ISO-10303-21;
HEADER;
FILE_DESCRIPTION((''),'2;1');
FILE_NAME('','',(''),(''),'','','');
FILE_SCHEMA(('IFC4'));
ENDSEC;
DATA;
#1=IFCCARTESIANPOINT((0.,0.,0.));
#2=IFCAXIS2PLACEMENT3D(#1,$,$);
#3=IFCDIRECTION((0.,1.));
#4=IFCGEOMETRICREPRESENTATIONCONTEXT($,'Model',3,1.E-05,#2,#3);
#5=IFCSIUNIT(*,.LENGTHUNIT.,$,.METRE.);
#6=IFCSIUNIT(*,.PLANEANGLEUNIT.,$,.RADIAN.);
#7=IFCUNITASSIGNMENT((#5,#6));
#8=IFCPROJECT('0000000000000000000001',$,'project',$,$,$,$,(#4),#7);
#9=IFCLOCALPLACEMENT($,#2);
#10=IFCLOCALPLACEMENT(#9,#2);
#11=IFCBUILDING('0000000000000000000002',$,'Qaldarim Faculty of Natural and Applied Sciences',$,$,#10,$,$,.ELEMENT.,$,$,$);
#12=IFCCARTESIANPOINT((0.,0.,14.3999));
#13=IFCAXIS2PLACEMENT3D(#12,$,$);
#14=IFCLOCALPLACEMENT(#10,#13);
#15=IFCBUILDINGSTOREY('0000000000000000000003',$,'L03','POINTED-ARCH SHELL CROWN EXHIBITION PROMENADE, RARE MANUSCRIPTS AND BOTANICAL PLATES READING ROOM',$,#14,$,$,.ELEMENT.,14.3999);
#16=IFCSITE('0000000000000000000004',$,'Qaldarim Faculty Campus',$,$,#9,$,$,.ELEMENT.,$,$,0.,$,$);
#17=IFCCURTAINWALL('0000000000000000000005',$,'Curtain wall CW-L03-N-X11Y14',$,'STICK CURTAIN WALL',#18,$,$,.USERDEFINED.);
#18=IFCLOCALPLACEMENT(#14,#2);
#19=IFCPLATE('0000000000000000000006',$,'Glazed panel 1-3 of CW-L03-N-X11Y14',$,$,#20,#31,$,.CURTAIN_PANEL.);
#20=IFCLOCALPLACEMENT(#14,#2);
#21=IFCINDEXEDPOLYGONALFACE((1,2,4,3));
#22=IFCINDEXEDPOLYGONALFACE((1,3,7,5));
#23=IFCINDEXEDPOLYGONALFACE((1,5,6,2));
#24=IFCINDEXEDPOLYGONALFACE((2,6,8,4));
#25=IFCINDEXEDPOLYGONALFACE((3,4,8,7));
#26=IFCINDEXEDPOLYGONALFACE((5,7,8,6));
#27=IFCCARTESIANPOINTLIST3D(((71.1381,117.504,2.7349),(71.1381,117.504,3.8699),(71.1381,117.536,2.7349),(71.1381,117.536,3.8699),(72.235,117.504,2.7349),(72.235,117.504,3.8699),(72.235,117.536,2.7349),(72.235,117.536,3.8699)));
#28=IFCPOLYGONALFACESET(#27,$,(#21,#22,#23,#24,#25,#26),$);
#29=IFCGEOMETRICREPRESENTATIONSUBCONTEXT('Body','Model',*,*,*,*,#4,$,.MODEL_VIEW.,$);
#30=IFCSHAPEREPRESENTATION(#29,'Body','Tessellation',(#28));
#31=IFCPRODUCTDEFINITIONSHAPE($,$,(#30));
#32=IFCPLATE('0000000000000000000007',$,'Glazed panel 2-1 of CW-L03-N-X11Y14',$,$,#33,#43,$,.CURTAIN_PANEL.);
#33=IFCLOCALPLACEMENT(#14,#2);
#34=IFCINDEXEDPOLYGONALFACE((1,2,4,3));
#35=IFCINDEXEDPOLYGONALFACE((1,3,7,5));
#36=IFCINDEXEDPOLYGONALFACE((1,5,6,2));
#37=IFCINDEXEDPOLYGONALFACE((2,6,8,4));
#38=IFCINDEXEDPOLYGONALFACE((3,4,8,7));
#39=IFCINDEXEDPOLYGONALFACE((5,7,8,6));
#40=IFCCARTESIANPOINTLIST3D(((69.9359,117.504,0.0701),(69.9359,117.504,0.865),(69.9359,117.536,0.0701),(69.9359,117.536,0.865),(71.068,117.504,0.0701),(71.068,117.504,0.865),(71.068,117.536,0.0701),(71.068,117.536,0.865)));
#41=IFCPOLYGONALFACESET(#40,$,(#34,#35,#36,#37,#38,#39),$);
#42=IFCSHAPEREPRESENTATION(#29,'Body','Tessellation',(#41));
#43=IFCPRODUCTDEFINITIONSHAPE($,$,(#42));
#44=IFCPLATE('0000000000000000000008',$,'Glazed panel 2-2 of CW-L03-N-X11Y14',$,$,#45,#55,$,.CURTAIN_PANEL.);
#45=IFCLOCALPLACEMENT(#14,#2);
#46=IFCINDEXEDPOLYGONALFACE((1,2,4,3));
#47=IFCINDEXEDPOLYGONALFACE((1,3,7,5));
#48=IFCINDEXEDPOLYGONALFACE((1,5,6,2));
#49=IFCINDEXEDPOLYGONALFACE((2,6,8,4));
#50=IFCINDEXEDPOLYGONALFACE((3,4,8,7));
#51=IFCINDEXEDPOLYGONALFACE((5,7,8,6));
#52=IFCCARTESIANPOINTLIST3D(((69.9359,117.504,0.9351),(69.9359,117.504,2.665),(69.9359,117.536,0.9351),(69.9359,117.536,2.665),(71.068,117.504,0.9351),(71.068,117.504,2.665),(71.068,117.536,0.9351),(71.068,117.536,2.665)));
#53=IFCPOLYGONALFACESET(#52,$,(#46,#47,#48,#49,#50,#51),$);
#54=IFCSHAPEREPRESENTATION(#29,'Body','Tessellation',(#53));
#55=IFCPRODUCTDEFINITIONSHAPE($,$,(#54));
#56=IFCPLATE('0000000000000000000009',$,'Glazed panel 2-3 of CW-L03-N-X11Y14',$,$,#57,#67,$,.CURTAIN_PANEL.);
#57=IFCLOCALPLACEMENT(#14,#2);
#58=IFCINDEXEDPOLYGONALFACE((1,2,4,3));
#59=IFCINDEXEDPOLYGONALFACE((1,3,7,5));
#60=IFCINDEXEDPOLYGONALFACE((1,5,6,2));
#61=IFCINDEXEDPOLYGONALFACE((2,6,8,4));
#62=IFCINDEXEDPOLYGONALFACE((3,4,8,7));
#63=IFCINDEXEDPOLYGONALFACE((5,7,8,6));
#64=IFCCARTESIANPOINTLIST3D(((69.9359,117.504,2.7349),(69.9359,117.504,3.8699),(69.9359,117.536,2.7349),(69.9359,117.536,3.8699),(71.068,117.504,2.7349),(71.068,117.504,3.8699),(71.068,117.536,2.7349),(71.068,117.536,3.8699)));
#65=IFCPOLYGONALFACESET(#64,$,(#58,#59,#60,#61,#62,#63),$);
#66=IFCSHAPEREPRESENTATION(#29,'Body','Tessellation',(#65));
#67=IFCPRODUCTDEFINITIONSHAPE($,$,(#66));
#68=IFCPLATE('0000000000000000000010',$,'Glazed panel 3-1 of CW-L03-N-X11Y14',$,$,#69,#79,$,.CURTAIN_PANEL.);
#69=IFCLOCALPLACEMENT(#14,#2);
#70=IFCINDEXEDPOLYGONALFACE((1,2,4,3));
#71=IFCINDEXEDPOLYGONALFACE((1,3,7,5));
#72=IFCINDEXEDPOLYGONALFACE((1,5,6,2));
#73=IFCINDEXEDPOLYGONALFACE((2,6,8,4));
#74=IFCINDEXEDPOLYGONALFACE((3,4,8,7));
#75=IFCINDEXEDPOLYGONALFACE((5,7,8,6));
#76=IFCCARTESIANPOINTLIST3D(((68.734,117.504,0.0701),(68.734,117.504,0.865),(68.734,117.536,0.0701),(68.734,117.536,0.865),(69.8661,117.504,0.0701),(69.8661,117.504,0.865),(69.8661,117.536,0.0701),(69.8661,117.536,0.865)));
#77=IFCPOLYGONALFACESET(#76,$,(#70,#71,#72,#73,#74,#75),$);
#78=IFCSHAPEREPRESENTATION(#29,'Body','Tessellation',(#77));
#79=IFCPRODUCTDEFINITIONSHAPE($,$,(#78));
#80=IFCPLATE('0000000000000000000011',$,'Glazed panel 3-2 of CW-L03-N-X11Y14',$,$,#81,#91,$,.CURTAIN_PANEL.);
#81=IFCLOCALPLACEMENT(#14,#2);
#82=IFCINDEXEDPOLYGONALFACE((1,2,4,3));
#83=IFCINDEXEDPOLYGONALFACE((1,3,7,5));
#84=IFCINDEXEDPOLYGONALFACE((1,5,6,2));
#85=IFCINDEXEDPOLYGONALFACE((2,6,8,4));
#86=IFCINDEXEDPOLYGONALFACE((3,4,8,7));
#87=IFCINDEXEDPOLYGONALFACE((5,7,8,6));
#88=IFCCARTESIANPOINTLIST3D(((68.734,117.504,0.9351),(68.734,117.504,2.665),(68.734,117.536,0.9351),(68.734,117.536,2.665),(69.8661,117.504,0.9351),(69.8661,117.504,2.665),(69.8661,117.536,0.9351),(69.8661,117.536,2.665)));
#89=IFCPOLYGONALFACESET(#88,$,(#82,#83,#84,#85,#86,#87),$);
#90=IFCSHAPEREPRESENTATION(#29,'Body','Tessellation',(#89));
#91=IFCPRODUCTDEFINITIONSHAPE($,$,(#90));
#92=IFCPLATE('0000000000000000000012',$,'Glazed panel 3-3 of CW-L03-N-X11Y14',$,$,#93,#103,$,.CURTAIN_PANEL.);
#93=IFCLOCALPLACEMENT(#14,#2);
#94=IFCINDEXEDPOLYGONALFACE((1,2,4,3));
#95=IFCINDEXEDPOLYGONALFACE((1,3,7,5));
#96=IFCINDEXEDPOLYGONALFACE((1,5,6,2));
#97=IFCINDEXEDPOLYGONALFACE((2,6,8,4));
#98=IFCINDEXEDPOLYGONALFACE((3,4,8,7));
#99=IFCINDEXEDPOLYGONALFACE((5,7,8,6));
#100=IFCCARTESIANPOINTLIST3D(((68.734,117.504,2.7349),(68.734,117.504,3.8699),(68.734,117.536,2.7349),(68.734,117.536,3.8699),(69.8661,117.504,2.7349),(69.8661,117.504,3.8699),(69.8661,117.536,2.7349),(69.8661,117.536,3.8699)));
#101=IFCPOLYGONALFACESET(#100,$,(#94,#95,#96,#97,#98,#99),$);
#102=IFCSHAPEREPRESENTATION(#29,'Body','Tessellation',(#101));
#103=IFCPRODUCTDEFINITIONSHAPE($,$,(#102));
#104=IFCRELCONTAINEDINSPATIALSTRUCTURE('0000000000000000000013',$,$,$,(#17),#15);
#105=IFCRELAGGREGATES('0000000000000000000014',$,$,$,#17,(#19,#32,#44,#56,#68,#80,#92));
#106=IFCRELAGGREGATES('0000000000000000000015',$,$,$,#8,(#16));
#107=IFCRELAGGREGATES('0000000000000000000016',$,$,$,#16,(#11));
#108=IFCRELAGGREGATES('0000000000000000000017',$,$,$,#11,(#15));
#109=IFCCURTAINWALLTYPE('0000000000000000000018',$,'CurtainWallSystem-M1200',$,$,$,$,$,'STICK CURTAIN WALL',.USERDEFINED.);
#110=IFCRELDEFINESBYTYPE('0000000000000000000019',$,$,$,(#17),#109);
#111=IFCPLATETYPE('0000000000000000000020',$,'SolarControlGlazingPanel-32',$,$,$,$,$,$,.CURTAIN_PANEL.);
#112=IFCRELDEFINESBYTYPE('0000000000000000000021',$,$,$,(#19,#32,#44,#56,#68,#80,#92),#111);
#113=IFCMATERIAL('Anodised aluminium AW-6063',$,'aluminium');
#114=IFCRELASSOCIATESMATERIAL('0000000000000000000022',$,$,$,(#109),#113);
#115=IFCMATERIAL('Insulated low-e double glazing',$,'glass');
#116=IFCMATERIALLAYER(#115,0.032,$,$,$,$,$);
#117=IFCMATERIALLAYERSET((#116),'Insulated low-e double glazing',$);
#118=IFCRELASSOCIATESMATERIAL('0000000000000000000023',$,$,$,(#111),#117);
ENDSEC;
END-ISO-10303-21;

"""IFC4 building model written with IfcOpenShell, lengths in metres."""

from ifc_helpers import new_model, si_unit, direction, frame, origin, origin_2d, place, context, subcontext, project, spatial, rectangle, extrude, material, layer, layer_set, type_object, element, aggregate, save


model = new_model("IFC4")

# Units and contexts
model_context = context("Model", 3, precision=1e-05, world=origin(), true_north=direction((0.0, 1.0)))
body_context = subcontext(model_context, "Body", "Model", "MODEL_VIEW")
ifc_project = project(units=[si_unit("LENGTHUNIT", "METRE"), si_unit("PLANEANGLEUNIT", "RADIAN")], contexts=[model_context])

# Site, building, storey
site_placement = place(None, origin())
site = spatial("IfcSite", under=ifc_project, at=site_placement, Name="Qaldarim Faculty Campus", CompositionType="ELEMENT", RefElevation=0.0)
building_placement = place(site_placement, origin())
building = spatial("IfcBuilding", under=site, at=building_placement, Name="Qaldarim Faculty of Natural and Applied Sciences", CompositionType="ELEMENT")
storey_placement = place(building_placement, frame((0.0, 0.0, 14.3999)))
storey = spatial("IfcBuildingStorey", under=building, at=storey_placement, Name="L03", Description="POINTED-ARCH SHELL CROWN EXHIBITION PROMENADE, RARE MANUSCRIPTS AND BOTANICAL PLATES READING ROOM", CompositionType="ELEMENT", Elevation=14.3999)

# Curtain wall, plates
ifc_material_1 = material(Name="Anodised aluminium AW-6063", Category="aluminium")
curtain_wall_type = type_object("IfcCurtainWallType", Name="CurtainWallSystem-M1200", ElementType="STICK CURTAIN WALL", PredefinedType="USERDEFINED", material=ifc_material_1)
curtain_wall_placement = place(storey_placement, origin())
curtain_wall = element("IfcCurtainWall", 1, at=curtain_wall_placement, inside=storey, type_object=curtain_wall_type, Name="Curtain wall CW-L03-N-X11Y14", ObjectType="STICK CURTAIN WALL", PredefinedType="USERDEFINED")
ifc_material_2 = material(Name="Insulated low-e double glazing", Category="glass")
ifc_layer = layer(ifc_material_2, 0.032)
ifc_layer_set = layer_set([ifc_layer], Name="Insulated low-e double glazing")
plate_type = type_object("IfcPlateType", Name="SolarControlGlazingPanel-32", PredefinedType="CURTAIN_PANEL", material=ifc_layer_set)
plate_1_placement = place(storey_placement, frame((71.6865, 117.52, 2.7349), z_axis=(0.0, 0.0, 1.0), x_axis=(-1.0, 0.0, 0.0)))
plate_1 = element("IfcPlate", 2, at=plate_1_placement, type_object=plate_type, Name="Glazed panel 1-3 of CW-L03-N-X11Y14", PredefinedType="CURTAIN_PANEL", context=body_context, shape_type="SweptSolid", body=[
    extrude(rectangle(XDim=1.0969, YDim=0.032, at=origin_2d()), origin(), (0.0, 0.0, 1.0), 1.135),
])
plate_2_placement = place(storey_placement, frame((70.502, 117.52, 0.0701), z_axis=(0.0, 0.0, 1.0), x_axis=(-1.0, 0.0, 0.0)))
plate_2 = element("IfcPlate", 3, at=plate_2_placement, type_object=plate_type, Name="Glazed panel 2-1 of CW-L03-N-X11Y14", PredefinedType="CURTAIN_PANEL", context=body_context, shape_type="SweptSolid", body=[
    extrude(rectangle(XDim=1.1321, YDim=0.032, at=origin_2d()), origin(), (0.0, 0.0, 1.0), 0.7949),
])
plate_3_placement = place(storey_placement, frame((70.502, 117.52, 0.9351), z_axis=(0.0, 0.0, 1.0), x_axis=(-1.0, 0.0, 0.0)))
plate_3 = element("IfcPlate", 4, at=plate_3_placement, type_object=plate_type, Name="Glazed panel 2-2 of CW-L03-N-X11Y14", PredefinedType="CURTAIN_PANEL", context=body_context, shape_type="SweptSolid", body=[
    extrude(rectangle(XDim=1.1321, YDim=0.032, at=origin_2d()), origin(), (0.0, 0.0, 1.0), 1.73),
])
plate_4_placement = place(storey_placement, frame((70.502, 117.52, 2.7349), z_axis=(0.0, 0.0, 1.0), x_axis=(-1.0, 0.0, 0.0)))
plate_4 = element("IfcPlate", 5, at=plate_4_placement, type_object=plate_type, Name="Glazed panel 2-3 of CW-L03-N-X11Y14", PredefinedType="CURTAIN_PANEL", context=body_context, shape_type="SweptSolid", body=[
    extrude(rectangle(XDim=1.1321, YDim=0.032, at=origin_2d()), origin(), (0.0, 0.0, 1.0), 1.135),
])
plate_5_placement = place(storey_placement, frame((69.3, 117.52, 0.0701), z_axis=(0.0, 0.0, 1.0), x_axis=(-1.0, 0.0, 0.0)))
plate_5 = element("IfcPlate", 6, at=plate_5_placement, type_object=plate_type, Name="Glazed panel 3-1 of CW-L03-N-X11Y14", PredefinedType="CURTAIN_PANEL", context=body_context, shape_type="SweptSolid", body=[
    extrude(rectangle(XDim=1.1321, YDim=0.032, at=origin_2d()), origin(), (0.0, 0.0, 1.0), 0.7949),
])
plate_6_placement = place(storey_placement, frame((69.3, 117.52, 0.9351), z_axis=(0.0, 0.0, 1.0), x_axis=(-1.0, 0.0, 0.0)))
plate_6 = element("IfcPlate", 7, at=plate_6_placement, type_object=plate_type, Name="Glazed panel 3-2 of CW-L03-N-X11Y14", PredefinedType="CURTAIN_PANEL", context=body_context, shape_type="SweptSolid", body=[
    extrude(rectangle(XDim=1.1321, YDim=0.032, at=origin_2d()), origin(), (0.0, 0.0, 1.0), 1.73),
])
plate_7_placement = place(storey_placement, frame((69.3, 117.52, 2.7349), z_axis=(0.0, 0.0, 1.0), x_axis=(-1.0, 0.0, 0.0)))
plate_7 = element("IfcPlate", 8, at=plate_7_placement, type_object=plate_type, Name="Glazed panel 3-3 of CW-L03-N-X11Y14", PredefinedType="CURTAIN_PANEL", context=body_context, shape_type="SweptSolid", body=[
    extrude(rectangle(XDim=1.1321, YDim=0.032, at=origin_2d()), origin(), (0.0, 0.0, 1.0), 1.135),
])
aggregate(curtain_wall, [plate_1, plate_2, plate_3, plate_4, plate_5, plate_6, plate_7])

save(model, "model.ifc")
